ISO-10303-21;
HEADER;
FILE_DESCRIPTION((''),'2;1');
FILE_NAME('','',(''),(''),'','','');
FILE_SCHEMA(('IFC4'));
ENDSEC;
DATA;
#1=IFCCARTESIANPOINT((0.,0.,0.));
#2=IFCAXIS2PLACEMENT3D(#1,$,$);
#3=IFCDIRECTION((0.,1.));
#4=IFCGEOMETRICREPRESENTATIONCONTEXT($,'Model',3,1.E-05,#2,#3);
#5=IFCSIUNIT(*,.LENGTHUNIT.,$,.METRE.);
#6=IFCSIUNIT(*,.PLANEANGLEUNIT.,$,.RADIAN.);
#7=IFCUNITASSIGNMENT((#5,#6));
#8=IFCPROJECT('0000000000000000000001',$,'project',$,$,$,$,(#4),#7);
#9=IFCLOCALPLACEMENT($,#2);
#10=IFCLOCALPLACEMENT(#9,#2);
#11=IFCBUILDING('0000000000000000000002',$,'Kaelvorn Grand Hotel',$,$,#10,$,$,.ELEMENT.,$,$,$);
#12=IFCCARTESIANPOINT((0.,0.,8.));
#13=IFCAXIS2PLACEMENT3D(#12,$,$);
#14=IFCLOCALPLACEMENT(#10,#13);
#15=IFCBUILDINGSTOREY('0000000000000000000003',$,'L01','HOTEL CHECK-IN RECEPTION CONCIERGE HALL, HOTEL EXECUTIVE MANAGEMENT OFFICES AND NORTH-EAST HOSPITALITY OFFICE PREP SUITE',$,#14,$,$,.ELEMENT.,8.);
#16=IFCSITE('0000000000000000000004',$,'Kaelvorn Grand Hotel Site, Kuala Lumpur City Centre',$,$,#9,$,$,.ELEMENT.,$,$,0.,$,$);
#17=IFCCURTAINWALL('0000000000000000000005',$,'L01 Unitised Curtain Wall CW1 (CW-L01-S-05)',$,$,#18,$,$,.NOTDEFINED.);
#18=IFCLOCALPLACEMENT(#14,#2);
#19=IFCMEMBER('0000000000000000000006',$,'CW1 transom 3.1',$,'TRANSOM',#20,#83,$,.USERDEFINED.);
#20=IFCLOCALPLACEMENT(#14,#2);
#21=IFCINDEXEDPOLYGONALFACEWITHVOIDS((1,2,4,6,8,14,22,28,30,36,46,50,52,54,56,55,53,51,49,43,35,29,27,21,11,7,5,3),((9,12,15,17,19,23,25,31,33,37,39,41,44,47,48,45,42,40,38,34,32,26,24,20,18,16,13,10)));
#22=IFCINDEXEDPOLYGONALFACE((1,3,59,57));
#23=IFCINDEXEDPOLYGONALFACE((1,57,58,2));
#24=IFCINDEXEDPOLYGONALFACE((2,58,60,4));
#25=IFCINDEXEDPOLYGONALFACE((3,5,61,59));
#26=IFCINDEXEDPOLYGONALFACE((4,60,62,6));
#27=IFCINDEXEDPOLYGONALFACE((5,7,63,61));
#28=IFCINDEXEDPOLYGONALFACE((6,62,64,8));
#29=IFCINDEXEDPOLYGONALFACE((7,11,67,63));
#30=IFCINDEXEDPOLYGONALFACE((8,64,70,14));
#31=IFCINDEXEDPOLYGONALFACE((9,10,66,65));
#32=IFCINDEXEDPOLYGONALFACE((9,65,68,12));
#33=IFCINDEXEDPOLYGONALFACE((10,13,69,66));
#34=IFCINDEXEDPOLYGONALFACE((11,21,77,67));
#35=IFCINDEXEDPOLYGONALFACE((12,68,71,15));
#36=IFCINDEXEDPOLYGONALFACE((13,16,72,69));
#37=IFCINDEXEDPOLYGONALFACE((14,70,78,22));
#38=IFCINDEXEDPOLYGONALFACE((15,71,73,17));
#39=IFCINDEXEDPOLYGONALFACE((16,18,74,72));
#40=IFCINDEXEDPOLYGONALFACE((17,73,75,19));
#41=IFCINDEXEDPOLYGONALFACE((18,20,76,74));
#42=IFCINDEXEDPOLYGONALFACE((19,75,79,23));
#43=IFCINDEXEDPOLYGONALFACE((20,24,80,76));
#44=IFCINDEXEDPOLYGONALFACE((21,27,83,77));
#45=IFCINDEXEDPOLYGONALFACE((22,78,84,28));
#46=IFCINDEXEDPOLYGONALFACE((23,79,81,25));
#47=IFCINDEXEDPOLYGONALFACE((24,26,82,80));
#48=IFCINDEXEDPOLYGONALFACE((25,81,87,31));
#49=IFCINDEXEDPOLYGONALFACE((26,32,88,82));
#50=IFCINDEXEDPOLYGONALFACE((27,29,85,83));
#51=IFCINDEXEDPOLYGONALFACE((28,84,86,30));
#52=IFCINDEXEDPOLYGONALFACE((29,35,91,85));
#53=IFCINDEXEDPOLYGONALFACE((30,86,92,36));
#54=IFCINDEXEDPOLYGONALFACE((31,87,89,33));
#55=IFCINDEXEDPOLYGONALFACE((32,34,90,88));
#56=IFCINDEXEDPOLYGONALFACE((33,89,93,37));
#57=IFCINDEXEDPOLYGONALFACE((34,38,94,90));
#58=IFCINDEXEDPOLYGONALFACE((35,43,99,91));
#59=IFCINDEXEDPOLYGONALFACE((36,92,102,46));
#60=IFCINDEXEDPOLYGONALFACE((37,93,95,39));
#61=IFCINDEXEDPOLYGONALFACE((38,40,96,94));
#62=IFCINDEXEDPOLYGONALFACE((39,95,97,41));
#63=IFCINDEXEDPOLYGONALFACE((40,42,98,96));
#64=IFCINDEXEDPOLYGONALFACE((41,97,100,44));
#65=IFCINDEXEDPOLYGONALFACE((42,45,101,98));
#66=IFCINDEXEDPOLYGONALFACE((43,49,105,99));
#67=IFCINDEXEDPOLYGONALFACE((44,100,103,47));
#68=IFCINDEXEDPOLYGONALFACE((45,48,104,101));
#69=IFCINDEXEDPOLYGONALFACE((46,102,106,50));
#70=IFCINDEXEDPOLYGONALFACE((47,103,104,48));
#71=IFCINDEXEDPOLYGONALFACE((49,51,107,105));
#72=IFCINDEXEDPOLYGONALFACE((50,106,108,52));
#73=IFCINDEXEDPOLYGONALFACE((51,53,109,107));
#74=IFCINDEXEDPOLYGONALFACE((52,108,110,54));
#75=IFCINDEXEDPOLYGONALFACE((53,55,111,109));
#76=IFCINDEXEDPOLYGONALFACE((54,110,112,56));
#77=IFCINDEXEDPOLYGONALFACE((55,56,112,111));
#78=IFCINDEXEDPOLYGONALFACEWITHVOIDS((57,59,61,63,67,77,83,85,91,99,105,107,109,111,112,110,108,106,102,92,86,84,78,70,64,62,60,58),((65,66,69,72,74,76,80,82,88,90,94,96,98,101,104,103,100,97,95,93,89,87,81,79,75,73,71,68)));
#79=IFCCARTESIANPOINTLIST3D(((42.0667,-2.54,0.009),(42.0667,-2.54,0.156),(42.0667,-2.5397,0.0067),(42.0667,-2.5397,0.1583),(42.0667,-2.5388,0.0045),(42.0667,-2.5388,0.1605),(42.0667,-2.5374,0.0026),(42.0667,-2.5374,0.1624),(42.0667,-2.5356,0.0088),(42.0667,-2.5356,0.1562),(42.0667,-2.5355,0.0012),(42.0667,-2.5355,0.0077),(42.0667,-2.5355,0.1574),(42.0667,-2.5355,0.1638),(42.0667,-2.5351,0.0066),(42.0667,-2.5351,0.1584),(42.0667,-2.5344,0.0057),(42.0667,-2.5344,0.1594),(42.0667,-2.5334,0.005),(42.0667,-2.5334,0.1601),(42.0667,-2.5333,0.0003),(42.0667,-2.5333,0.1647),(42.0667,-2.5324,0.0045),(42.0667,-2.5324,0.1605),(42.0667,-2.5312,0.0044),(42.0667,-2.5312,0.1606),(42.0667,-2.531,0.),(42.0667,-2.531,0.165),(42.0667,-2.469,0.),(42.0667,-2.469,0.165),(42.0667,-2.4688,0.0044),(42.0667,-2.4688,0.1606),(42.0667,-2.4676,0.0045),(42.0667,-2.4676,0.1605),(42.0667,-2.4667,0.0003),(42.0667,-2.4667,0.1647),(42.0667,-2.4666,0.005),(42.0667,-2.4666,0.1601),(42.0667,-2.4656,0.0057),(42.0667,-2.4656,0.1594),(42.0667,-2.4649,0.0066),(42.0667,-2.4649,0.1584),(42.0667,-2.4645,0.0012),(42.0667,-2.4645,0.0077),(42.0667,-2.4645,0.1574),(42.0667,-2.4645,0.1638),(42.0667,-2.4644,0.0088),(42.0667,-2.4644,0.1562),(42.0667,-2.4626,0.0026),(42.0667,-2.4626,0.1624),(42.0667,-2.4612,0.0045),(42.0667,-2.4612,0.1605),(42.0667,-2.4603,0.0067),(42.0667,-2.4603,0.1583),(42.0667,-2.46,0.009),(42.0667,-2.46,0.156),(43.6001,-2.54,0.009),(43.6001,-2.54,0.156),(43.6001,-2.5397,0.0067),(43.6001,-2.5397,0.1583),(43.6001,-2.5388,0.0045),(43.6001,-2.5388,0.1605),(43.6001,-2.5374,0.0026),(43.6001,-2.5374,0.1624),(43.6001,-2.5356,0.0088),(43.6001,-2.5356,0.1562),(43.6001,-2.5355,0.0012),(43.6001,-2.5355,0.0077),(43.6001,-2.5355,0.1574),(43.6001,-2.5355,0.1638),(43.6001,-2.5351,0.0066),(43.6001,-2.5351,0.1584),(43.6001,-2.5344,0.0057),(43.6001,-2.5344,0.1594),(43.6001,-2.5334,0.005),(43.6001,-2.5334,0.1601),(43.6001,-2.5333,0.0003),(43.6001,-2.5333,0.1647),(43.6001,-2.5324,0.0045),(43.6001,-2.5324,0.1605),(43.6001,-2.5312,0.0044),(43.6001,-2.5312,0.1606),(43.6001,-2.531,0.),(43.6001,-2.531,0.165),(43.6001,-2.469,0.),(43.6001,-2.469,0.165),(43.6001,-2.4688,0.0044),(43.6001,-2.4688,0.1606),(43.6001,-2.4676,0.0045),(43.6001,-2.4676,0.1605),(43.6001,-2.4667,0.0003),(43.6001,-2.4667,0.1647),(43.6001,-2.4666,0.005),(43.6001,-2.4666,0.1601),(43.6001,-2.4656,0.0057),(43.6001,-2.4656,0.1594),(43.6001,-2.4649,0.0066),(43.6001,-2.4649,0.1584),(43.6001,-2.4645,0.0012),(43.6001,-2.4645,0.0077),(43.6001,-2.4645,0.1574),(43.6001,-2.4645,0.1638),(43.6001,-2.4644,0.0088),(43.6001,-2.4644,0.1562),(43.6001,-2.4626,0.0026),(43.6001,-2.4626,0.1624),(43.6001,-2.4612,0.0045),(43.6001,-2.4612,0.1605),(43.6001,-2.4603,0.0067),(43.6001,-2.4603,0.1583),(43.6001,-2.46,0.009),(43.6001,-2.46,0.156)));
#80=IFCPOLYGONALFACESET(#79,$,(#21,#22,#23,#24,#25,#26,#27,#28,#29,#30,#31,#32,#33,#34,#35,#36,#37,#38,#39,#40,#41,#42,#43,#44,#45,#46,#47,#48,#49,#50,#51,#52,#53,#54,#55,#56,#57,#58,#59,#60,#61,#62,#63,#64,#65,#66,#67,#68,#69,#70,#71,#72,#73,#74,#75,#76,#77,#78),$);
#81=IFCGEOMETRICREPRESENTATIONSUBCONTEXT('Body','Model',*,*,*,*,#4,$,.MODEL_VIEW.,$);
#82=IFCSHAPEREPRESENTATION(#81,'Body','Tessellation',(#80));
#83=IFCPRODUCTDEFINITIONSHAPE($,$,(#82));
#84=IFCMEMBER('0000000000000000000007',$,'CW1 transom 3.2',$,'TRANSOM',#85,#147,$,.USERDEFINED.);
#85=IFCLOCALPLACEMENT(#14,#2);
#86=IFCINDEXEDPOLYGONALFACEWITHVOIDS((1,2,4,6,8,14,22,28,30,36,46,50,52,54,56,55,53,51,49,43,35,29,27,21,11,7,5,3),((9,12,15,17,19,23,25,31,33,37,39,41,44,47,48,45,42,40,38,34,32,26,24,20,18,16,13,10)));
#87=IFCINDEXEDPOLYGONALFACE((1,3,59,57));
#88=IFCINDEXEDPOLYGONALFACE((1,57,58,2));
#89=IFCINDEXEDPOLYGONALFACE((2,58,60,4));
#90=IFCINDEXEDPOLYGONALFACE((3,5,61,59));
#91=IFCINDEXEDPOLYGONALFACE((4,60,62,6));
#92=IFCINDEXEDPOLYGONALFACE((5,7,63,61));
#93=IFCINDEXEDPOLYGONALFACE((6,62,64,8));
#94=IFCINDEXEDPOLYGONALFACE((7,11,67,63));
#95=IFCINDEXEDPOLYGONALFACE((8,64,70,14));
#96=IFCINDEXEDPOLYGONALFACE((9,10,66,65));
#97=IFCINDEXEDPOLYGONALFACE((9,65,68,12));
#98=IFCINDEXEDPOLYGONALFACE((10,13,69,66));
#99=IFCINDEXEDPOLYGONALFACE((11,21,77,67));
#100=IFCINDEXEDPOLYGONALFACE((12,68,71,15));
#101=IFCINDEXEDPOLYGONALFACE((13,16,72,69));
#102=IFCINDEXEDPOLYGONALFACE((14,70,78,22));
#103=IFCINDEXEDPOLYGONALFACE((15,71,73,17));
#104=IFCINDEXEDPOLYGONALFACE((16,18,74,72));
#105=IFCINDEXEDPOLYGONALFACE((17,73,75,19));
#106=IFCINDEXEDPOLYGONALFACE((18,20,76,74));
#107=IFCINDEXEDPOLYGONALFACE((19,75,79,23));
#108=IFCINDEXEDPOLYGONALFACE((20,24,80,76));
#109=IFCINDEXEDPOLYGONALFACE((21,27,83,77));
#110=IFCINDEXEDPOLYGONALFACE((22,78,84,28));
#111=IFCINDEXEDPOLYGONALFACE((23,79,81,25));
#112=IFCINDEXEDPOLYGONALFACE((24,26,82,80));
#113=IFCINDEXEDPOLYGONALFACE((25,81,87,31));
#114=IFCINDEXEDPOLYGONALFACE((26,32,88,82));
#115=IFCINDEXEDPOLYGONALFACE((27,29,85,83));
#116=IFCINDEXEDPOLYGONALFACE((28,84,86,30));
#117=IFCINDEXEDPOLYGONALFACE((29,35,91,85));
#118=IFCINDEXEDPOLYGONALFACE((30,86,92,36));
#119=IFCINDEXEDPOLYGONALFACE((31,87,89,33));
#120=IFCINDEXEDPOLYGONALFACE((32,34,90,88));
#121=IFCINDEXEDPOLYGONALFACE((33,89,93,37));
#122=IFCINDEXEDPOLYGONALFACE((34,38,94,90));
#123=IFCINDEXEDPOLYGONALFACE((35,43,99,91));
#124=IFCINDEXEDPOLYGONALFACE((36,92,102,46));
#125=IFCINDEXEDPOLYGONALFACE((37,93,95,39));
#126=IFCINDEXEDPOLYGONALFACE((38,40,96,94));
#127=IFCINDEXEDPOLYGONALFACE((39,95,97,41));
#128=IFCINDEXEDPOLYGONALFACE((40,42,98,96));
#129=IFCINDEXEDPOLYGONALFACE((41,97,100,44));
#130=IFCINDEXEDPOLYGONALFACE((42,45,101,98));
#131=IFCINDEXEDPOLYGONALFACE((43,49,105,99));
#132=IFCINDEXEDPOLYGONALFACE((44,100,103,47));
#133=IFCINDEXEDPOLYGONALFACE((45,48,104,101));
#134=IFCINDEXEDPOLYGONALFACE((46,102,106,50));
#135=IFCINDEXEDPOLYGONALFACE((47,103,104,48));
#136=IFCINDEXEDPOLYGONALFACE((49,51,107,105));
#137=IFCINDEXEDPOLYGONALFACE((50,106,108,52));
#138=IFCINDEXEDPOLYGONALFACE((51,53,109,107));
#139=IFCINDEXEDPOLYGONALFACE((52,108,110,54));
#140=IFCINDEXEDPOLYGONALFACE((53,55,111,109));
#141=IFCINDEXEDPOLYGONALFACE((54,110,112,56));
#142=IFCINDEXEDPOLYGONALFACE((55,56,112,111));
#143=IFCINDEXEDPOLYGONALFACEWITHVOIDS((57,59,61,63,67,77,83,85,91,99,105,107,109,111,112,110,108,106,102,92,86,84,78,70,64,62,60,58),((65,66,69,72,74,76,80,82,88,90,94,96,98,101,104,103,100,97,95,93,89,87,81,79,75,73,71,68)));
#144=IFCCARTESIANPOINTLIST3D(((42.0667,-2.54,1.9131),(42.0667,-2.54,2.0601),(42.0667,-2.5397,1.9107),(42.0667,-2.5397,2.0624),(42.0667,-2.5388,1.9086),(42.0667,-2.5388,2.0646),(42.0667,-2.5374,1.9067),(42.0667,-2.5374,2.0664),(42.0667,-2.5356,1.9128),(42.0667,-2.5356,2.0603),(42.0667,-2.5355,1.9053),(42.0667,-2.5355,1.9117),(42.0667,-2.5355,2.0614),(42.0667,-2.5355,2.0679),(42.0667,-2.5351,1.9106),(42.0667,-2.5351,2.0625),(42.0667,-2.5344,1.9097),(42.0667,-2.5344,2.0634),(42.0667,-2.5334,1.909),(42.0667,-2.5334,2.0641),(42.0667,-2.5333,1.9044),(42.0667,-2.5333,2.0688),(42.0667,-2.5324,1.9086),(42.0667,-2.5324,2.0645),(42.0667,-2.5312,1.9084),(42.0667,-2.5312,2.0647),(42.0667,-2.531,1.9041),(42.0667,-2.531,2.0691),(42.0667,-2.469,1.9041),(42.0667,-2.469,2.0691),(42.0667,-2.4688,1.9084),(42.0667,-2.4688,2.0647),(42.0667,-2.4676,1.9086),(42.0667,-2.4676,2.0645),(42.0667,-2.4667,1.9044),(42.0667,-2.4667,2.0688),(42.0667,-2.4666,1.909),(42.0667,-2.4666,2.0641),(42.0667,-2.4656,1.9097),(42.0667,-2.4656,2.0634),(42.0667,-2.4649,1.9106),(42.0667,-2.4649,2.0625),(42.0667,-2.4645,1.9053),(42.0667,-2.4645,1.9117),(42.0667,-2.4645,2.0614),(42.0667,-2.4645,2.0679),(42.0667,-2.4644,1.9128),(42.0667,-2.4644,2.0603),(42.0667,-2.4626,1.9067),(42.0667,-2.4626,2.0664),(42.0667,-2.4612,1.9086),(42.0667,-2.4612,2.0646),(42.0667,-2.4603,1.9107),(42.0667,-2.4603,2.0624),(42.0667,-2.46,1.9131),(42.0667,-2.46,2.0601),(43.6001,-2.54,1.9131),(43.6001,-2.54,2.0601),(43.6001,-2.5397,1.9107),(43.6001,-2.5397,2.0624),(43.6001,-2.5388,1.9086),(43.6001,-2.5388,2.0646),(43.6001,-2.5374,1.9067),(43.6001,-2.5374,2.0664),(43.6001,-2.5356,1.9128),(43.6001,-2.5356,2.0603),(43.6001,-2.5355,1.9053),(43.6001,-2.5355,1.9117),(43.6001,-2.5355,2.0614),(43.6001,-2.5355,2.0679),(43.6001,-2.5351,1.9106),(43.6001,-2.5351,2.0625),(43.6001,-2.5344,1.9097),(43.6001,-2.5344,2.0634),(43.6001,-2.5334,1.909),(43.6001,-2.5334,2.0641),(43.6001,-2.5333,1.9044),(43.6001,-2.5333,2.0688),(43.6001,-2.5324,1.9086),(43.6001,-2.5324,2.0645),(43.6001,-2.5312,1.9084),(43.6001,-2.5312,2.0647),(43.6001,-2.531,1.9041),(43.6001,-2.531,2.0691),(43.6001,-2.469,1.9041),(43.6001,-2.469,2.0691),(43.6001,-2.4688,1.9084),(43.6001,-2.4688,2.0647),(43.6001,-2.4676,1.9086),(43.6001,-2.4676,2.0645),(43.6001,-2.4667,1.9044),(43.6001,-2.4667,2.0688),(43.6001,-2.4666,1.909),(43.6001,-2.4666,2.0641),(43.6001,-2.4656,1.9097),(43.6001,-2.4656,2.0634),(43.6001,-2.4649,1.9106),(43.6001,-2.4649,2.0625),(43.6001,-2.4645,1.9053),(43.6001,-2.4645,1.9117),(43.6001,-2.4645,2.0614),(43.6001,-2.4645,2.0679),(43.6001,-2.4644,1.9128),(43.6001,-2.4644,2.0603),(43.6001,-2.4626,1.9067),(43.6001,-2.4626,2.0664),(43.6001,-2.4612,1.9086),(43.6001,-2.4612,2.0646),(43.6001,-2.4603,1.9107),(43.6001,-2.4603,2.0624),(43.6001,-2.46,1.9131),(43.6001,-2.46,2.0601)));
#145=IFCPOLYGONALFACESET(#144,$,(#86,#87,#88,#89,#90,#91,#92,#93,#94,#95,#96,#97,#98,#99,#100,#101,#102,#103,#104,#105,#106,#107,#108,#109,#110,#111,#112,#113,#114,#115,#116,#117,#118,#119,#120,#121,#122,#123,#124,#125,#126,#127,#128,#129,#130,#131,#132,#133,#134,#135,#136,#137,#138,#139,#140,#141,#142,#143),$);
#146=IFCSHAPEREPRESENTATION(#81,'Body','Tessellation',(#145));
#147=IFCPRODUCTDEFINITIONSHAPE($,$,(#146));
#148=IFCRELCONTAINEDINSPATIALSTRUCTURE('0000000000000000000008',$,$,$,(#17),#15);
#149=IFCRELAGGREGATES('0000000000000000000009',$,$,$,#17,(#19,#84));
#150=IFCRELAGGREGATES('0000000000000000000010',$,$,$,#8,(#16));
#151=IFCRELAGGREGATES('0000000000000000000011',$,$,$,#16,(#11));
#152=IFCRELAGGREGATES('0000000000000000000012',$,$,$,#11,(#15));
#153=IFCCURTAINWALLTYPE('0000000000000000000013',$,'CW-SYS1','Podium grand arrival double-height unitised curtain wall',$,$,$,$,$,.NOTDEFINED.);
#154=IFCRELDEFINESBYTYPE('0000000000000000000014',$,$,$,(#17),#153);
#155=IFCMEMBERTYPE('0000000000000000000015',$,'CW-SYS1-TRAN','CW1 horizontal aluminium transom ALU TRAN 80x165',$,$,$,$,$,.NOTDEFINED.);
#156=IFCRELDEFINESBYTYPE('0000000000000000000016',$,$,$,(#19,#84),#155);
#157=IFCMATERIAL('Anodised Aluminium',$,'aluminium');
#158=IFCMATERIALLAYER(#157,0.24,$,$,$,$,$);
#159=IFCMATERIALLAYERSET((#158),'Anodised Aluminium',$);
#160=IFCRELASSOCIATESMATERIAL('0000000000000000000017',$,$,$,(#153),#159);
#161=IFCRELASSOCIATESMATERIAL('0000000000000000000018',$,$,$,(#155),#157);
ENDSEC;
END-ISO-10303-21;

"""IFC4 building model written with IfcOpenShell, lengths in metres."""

from ifc_helpers import new_model, si_unit, direction, frame, origin, origin_2d, place, context, subcontext, project, spatial, hollow_rectangle, extrude, material, layer, layer_set, material_profile, profile_set, type_object, element, aggregate, save


model = new_model("IFC4")

# Units and contexts
model_context = context("Model", 3, precision=1e-05, world=origin(), true_north=direction((0.0, 1.0)))
body_context = subcontext(model_context, "Body", "Model", "MODEL_VIEW")
ifc_project = project(units=[si_unit("LENGTHUNIT", "METRE"), si_unit("PLANEANGLEUNIT", "RADIAN")], contexts=[model_context])

# Site, building, storey
site_placement = place(None, origin())
site = spatial("IfcSite", under=ifc_project, at=site_placement, Name="Kaelvorn Grand Hotel Site, Kuala Lumpur City Centre", CompositionType="ELEMENT", RefElevation=0.0)
building_placement = place(site_placement, origin())
building = spatial("IfcBuilding", under=site, at=building_placement, Name="Kaelvorn Grand Hotel", CompositionType="ELEMENT")
storey_placement = place(building_placement, frame((0.0, 0.0, 8.0)))
storey = spatial("IfcBuildingStorey", under=building, at=storey_placement, Name="L01", Description="HOTEL CHECK-IN RECEPTION CONCIERGE HALL, HOTEL EXECUTIVE MANAGEMENT OFFICES AND NORTH-EAST HOSPITALITY OFFICE PREP SUITE", CompositionType="ELEMENT", Elevation=8.0)

# Curtain wall
ifc_material_1 = material(Name="Anodised Aluminium", Category="aluminium")
ifc_layer_1 = layer(ifc_material_1, 0.24)
ifc_layer_set_1 = layer_set([ifc_layer_1], Name="Anodised Aluminium")
curtain_wall_type = type_object("IfcCurtainWallType", Name="CW-SYS1", Description="Podium grand arrival double-height unitised curtain wall", PredefinedType="NOTDEFINED", material=ifc_layer_set_1)
curtain_wall_1_placement = place(storey_placement, origin())
curtain_wall_1 = element("IfcCurtainWall", 1, at=curtain_wall_1_placement, inside=storey, type_object=curtain_wall_type, Name="L01 Unitised Curtain Wall CW1 (CW-L01-S-05)", PredefinedType="NOTDEFINED")

# Members
ifc_material_profile_1 = material_profile(ifc_material_1, hollow_rectangle(XDim=0.0801, YDim=0.165, WallThickness=0.0044, InnerFilletRadius=0.0044, OuterFilletRadius=0.009, at=origin_2d()), Name="ALU TRAN 80x165")
ifc_profile_set_1 = profile_set([ifc_material_profile_1], Name="Anodised Aluminium")
member_type_1 = type_object("IfcMemberType", Name="CW-SYS1-TRAN", Description="CW1 horizontal aluminium transom ALU TRAN 80x165", PredefinedType="NOTDEFINED", material=ifc_profile_set_1)
member_1_placement = place(storey_placement, frame((42.0667, -2.5, 0.0825), z_axis=(1.0, 0.0, 0.0), x_axis=(0.0, 1.0, 0.0)))
member_1 = element("IfcMember", 2, at=member_1_placement, type_object=member_type_1, Name="CW1 transom 3.1", ObjectType="TRANSOM", PredefinedType="USERDEFINED", context=body_context, shape_type="SweptSolid", body=[
    extrude(hollow_rectangle(XDim=0.0801, YDim=0.165, WallThickness=0.0044, InnerFilletRadius=0.0044, OuterFilletRadius=0.009, at=origin_2d()), origin(), (0.0, 0.0, 1.0), 1.5334),
])
member_2_placement = place(storey_placement, frame((42.0667, -2.5, 1.9866), z_axis=(1.0, 0.0, 0.0), x_axis=(0.0, 1.0, 0.0)))
member_2 = element("IfcMember", 3, at=member_2_placement, type_object=member_type_1, Name="CW1 transom 3.2", ObjectType="TRANSOM", PredefinedType="USERDEFINED", context=body_context, shape_type="SweptSolid", body=[
    extrude(hollow_rectangle(XDim=0.0801, YDim=0.165, WallThickness=0.0044, InnerFilletRadius=0.0044, OuterFilletRadius=0.009, at=origin_2d()), origin(), (0.0, 0.0, 1.0), 1.5334),
])

aggregate(curtain_wall_1, [member_1, member_2])

save(model, "model.ifc")
